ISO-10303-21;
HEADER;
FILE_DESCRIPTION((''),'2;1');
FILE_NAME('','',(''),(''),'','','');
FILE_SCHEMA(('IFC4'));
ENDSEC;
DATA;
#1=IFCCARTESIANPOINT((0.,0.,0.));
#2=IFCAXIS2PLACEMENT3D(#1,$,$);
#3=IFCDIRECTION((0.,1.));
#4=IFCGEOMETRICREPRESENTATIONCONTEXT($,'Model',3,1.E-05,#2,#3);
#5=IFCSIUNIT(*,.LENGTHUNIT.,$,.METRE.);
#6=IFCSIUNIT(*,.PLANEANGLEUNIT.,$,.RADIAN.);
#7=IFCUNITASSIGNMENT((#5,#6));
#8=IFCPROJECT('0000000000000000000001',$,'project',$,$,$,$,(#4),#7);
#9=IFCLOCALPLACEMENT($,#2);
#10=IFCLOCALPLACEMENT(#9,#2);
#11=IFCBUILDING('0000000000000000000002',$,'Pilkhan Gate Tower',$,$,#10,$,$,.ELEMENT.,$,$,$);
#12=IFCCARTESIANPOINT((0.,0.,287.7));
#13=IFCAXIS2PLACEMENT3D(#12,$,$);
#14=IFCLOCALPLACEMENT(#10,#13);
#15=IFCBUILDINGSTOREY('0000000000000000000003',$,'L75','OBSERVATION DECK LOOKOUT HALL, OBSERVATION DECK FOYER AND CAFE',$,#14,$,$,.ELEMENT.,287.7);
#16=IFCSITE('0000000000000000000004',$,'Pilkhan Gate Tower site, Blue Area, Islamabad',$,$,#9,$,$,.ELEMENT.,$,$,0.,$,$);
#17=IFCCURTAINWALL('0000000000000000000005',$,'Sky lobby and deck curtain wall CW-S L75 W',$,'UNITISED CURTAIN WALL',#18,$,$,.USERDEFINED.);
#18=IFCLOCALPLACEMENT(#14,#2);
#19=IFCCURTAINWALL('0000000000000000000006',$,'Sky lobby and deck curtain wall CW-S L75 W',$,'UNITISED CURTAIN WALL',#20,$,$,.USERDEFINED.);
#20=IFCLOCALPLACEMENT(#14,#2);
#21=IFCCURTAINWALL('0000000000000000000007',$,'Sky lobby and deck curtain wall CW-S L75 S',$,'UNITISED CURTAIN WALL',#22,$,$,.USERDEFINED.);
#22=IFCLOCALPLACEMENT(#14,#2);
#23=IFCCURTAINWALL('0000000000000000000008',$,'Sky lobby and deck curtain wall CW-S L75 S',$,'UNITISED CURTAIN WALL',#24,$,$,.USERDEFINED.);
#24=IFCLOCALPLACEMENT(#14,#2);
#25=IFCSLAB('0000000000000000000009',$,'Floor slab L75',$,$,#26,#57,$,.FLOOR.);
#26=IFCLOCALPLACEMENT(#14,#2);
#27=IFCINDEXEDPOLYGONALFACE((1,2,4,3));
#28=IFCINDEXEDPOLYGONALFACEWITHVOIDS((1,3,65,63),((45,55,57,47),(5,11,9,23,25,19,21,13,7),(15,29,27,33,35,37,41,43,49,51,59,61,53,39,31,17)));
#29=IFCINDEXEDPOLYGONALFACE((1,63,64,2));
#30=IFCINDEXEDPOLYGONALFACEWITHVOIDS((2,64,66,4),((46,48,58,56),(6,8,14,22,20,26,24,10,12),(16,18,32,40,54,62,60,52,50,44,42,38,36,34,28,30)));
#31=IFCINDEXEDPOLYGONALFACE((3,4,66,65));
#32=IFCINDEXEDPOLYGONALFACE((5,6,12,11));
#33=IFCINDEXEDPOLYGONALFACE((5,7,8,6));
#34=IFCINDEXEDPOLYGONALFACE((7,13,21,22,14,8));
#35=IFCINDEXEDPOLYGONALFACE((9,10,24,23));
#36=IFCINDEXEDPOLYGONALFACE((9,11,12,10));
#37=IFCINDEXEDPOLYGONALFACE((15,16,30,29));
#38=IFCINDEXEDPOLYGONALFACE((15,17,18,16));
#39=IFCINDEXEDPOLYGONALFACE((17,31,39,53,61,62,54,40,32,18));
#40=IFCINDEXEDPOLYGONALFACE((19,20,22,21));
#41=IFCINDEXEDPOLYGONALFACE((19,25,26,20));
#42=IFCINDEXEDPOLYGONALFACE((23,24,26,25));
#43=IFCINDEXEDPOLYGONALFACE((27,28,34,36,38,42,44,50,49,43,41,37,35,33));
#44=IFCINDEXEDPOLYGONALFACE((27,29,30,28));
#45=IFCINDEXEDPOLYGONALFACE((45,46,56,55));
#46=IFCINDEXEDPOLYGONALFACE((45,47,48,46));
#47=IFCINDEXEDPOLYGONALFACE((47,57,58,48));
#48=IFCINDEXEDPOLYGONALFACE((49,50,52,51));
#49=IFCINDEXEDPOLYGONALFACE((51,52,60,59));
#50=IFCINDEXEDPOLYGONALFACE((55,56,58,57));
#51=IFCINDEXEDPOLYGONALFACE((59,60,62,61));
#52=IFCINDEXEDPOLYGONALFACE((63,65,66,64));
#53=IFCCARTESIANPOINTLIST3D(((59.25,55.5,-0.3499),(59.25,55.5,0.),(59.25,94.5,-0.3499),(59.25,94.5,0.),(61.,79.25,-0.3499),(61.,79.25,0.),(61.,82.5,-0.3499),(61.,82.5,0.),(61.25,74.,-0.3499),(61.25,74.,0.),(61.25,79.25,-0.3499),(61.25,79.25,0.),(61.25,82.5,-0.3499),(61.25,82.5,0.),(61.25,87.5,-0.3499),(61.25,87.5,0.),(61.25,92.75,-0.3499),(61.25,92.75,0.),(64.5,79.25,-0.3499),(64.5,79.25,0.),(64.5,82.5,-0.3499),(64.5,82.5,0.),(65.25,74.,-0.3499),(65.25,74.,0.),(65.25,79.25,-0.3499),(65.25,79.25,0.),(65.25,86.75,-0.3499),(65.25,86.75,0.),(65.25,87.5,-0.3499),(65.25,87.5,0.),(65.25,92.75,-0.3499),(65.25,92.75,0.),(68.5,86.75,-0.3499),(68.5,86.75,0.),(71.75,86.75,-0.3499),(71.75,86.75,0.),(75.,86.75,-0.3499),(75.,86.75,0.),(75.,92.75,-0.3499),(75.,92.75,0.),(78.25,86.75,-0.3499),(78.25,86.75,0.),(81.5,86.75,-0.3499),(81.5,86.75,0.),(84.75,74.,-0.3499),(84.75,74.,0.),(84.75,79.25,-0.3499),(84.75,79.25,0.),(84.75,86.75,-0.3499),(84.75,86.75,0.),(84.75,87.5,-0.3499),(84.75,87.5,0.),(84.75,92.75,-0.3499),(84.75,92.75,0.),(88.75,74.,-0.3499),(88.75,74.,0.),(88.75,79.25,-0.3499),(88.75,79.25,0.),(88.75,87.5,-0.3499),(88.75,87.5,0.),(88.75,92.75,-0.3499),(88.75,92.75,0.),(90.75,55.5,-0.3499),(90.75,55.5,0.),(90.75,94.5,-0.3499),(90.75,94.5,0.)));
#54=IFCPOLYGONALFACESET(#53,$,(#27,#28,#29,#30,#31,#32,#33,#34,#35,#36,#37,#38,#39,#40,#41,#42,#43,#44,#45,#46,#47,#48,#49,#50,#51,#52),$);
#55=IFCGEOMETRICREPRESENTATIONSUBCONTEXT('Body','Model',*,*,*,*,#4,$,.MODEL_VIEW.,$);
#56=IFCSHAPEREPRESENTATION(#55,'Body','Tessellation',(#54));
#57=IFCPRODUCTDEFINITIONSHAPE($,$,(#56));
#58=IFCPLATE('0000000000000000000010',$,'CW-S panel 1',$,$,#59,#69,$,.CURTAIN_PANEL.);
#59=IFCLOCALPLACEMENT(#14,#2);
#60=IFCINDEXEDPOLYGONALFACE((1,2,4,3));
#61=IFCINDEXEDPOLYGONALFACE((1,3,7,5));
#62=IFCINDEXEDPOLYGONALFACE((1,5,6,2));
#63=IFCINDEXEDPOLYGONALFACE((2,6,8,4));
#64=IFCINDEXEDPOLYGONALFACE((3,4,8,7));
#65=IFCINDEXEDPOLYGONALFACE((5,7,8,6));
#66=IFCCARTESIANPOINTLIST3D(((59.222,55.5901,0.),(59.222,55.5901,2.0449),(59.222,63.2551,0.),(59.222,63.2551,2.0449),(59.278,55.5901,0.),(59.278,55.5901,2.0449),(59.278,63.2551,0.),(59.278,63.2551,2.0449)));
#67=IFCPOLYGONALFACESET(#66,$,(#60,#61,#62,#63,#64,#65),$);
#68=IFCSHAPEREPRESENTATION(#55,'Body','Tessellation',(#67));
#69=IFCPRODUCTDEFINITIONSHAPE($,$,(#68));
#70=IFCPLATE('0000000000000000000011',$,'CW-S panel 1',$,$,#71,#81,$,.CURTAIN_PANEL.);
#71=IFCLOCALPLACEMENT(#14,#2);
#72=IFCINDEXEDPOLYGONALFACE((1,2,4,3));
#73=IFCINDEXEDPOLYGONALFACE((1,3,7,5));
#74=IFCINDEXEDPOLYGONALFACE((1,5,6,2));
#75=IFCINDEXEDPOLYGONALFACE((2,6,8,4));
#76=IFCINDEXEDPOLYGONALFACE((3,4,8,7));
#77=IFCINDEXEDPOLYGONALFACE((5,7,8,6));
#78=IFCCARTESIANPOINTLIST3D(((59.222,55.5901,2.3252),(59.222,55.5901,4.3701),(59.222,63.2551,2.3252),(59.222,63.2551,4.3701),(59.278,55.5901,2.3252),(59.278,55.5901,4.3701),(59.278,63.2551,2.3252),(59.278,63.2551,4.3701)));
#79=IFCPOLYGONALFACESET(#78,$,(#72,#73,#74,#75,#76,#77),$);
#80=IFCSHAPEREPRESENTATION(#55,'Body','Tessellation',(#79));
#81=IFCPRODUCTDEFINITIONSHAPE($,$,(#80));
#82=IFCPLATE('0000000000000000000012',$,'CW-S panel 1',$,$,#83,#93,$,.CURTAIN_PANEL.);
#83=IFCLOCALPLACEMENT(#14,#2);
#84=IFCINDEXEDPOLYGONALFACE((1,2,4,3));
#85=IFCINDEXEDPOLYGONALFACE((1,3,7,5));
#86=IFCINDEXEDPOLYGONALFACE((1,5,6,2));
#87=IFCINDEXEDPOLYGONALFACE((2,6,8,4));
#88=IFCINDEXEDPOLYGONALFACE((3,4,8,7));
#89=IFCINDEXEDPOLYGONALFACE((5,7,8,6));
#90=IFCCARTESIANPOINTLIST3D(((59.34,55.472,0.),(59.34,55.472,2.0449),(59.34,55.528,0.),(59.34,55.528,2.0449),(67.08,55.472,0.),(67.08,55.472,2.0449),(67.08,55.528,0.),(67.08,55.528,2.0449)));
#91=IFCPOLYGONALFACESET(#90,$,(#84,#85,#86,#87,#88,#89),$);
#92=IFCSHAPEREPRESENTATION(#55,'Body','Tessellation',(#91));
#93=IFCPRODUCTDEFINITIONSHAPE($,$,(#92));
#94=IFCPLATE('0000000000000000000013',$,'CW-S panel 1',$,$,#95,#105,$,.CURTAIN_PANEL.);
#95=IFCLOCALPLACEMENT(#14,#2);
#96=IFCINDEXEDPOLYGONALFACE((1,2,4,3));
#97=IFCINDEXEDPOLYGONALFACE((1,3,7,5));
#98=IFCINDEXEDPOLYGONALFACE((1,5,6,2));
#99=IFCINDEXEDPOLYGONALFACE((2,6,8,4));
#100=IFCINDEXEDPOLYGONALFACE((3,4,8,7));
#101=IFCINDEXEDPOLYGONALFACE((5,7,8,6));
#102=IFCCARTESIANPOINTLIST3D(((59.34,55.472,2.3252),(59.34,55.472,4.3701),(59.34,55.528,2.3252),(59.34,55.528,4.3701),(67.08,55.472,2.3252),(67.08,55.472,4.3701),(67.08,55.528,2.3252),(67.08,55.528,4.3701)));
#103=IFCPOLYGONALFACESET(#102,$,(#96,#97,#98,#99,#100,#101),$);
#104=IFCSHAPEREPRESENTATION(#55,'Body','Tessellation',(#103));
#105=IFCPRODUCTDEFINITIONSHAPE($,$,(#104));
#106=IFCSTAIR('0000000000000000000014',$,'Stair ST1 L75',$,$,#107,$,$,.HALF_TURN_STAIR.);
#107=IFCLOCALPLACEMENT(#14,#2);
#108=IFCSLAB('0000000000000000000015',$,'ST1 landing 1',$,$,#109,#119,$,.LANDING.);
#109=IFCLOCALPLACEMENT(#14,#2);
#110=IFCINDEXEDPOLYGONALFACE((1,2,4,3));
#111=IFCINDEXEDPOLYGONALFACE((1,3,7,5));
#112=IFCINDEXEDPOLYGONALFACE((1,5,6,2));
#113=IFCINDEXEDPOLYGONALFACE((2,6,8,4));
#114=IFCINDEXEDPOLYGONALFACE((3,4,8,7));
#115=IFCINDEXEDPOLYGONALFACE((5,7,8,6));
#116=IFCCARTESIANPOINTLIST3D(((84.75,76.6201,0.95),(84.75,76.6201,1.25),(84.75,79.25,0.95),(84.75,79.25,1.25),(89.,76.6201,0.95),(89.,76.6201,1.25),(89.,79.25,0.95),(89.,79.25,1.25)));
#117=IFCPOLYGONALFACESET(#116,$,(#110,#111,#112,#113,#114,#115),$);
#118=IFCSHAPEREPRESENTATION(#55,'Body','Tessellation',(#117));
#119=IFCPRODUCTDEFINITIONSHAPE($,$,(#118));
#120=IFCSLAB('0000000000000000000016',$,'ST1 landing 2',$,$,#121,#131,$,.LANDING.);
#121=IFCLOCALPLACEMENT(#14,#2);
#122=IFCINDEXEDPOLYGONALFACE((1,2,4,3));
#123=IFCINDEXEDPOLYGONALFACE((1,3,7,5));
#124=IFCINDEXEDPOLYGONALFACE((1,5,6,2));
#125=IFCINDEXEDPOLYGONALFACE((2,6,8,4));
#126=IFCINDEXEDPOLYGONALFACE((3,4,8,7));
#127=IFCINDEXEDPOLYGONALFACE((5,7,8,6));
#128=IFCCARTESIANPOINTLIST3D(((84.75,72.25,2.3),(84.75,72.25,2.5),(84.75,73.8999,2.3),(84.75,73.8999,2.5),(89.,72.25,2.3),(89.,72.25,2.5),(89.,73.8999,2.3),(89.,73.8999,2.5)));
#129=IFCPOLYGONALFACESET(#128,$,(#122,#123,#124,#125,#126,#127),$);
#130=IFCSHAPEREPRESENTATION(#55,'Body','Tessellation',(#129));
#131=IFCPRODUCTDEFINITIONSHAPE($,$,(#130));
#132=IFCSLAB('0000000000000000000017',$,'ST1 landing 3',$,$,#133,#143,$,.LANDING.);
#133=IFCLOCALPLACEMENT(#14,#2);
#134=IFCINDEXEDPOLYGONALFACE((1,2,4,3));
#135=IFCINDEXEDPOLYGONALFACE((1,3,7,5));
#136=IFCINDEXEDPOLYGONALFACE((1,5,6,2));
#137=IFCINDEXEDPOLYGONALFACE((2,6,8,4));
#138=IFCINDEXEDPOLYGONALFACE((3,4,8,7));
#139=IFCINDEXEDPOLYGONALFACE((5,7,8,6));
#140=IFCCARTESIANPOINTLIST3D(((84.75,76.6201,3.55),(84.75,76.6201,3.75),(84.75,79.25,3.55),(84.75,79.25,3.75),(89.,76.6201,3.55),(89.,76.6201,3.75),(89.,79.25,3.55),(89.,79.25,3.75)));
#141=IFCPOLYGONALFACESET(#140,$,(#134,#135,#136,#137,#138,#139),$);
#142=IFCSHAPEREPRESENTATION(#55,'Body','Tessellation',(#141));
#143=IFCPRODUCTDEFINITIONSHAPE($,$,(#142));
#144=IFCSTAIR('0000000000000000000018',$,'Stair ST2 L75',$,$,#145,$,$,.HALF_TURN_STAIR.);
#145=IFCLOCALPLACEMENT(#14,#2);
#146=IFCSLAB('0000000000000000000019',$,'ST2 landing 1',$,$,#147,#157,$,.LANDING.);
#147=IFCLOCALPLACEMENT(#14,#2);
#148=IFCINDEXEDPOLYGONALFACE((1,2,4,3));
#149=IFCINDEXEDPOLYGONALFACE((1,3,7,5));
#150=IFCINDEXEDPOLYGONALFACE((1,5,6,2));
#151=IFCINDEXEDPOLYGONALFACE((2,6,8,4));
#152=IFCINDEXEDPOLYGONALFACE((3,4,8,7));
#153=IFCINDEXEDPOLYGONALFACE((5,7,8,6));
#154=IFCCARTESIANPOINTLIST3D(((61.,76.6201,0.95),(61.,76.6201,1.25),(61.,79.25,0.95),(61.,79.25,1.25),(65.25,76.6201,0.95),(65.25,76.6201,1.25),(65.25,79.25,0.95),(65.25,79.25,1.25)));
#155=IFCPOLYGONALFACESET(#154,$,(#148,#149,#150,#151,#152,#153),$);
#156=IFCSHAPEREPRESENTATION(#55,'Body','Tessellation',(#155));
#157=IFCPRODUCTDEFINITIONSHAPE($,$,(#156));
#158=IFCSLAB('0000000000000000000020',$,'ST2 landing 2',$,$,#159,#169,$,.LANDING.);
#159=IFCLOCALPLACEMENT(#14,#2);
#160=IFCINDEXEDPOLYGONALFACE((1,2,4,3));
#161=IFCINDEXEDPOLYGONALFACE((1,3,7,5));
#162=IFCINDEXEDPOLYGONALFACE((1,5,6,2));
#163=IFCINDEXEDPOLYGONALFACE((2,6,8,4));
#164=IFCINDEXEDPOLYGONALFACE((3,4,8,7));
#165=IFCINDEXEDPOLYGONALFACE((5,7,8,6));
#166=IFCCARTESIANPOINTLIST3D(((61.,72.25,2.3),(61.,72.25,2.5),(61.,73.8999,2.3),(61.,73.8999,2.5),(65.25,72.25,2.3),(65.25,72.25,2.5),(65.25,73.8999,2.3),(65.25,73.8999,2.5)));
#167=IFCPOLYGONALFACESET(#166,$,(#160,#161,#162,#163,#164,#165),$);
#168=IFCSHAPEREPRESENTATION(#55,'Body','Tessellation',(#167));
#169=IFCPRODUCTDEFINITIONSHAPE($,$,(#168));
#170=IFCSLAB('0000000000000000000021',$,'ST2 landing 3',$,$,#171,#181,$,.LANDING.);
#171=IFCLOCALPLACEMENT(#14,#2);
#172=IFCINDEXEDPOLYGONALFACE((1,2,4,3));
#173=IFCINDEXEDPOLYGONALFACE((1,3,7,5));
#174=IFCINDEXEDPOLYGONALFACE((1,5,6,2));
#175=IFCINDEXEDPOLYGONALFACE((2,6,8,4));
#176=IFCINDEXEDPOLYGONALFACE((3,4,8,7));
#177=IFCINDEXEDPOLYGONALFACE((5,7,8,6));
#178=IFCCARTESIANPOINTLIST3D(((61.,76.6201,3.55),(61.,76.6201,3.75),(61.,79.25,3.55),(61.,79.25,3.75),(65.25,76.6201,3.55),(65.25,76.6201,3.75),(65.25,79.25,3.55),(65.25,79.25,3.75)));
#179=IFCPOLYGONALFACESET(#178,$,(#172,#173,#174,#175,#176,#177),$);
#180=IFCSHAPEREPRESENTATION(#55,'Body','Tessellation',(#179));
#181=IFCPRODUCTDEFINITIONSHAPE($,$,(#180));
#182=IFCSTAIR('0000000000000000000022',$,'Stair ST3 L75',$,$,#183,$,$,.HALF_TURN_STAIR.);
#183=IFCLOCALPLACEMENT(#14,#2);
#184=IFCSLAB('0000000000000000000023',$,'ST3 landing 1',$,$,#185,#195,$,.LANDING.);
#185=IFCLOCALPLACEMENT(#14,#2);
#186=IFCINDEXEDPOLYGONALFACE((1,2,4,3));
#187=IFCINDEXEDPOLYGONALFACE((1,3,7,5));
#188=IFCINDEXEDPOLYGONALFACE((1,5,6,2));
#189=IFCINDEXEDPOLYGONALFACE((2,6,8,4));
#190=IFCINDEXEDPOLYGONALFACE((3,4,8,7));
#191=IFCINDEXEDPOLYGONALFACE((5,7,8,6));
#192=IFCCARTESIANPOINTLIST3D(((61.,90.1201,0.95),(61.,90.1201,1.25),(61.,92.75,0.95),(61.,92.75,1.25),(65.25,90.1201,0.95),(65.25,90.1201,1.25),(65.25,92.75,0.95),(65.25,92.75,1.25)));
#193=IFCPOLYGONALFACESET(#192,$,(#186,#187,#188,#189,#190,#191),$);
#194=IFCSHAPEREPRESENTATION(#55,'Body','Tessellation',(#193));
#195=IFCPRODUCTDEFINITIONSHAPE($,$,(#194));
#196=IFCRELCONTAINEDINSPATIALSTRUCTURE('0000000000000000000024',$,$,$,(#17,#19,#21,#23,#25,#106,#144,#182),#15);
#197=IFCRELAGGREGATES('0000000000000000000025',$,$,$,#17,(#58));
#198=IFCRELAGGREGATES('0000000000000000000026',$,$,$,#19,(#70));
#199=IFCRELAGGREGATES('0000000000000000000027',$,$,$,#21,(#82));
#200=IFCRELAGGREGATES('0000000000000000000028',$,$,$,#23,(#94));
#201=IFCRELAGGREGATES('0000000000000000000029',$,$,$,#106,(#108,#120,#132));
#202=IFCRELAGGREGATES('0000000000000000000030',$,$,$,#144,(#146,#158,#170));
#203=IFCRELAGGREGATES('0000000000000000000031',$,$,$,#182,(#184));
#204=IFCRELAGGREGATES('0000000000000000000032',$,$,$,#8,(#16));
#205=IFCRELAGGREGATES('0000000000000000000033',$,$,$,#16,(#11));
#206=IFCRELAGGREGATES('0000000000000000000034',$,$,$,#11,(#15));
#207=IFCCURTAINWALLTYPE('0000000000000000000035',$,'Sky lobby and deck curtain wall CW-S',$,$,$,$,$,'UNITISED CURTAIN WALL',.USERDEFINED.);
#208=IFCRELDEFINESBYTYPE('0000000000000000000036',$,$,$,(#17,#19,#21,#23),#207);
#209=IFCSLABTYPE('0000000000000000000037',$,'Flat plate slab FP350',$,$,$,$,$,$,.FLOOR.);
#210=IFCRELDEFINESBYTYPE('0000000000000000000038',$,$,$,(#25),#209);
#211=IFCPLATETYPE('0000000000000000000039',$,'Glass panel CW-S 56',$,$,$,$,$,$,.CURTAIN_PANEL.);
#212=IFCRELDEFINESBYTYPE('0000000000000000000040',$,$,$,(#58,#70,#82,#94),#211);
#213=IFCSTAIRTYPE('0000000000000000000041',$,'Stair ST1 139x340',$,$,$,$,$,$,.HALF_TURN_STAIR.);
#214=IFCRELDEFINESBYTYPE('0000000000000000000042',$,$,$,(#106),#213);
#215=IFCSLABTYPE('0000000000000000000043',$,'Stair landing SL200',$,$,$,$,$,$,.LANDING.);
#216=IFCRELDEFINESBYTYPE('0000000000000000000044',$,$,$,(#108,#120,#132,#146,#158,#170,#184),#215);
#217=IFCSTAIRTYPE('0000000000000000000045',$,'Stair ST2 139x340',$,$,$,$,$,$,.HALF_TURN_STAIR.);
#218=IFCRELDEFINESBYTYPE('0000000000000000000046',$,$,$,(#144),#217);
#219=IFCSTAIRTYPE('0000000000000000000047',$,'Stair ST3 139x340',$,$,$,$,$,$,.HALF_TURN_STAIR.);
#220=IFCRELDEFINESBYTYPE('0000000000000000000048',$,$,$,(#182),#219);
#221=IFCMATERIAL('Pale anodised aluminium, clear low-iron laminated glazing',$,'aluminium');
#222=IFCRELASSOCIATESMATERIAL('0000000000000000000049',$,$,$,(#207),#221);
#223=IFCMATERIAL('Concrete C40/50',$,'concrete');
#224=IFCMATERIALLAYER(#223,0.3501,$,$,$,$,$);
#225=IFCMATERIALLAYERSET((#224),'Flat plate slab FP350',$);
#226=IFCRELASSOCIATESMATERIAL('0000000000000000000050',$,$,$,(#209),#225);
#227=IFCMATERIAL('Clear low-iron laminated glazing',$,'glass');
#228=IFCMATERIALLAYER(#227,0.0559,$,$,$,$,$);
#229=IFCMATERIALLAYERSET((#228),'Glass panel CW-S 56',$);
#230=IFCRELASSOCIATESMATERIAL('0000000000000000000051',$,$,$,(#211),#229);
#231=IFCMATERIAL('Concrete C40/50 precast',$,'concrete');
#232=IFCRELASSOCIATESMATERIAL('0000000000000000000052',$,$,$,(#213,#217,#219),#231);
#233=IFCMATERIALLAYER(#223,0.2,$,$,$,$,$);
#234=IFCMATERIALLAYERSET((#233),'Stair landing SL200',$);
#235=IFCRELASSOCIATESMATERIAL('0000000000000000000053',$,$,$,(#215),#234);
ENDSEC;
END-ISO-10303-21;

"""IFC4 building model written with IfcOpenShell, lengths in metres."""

from ifc_helpers import new_model, si_unit, direction, frame, origin, origin_2d, place, context, subcontext, project, spatial, polyline, rectangle, outline, extrude, material, layer, layer_set, type_object, element, aggregate, save


model = new_model("IFC4")

# Units and contexts
model_context = context("Model", 3, precision=1e-05, world=origin(), true_north=direction((0.0, 1.0)))
body_context = subcontext(model_context, "Body", "Model", "MODEL_VIEW")
ifc_project = project(units=[si_unit("LENGTHUNIT", "METRE"), si_unit("PLANEANGLEUNIT", "RADIAN")], contexts=[model_context])

# Site, building, storey
site_placement = place(None, origin())
site = spatial("IfcSite", under=ifc_project, at=site_placement, Name="Pilkhan Gate Tower site, Blue Area, Islamabad", CompositionType="ELEMENT", RefElevation=0.0)
building_placement = place(site_placement, origin())
building = spatial("IfcBuilding", under=site, at=building_placement, Name="Pilkhan Gate Tower", CompositionType="ELEMENT")
storey_placement = place(building_placement, frame((0.0, 0.0, 287.7)))
storey = spatial("IfcBuildingStorey", under=building, at=storey_placement, Name="L75", Description="OBSERVATION DECK LOOKOUT HALL, OBSERVATION DECK FOYER AND CAFE", CompositionType="ELEMENT", Elevation=287.7)

# Curtain walls
ifc_material_1 = material(Name="Pale anodised aluminium, clear low-iron laminated glazing", Category="aluminium")
curtain_wall_type = type_object("IfcCurtainWallType", Name="Sky lobby and deck curtain wall CW-S", ElementType="UNITISED CURTAIN WALL", PredefinedType="USERDEFINED", material=ifc_material_1)
curtain_wall_1_placement = place(storey_placement, origin())
curtain_wall_1 = element("IfcCurtainWall", 1, at=curtain_wall_1_placement, inside=storey, type_object=curtain_wall_type, Name="Sky lobby and deck curtain wall CW-S L75 W", ObjectType="UNITISED CURTAIN WALL", PredefinedType="USERDEFINED")
curtain_wall_2_placement = place(storey_placement, origin())
curtain_wall_2 = element("IfcCurtainWall", 2, at=curtain_wall_2_placement, inside=storey, type_object=curtain_wall_type, Name="Sky lobby and deck curtain wall CW-S L75 W", ObjectType="UNITISED CURTAIN WALL", PredefinedType="USERDEFINED")

# Curtain walls
curtain_wall_3_placement = place(storey_placement, origin())
curtain_wall_3 = element("IfcCurtainWall", 3, at=curtain_wall_3_placement, inside=storey, type_object=curtain_wall_type, Name="Sky lobby and deck curtain wall CW-S L75 S", ObjectType="UNITISED CURTAIN WALL", PredefinedType="USERDEFINED")
curtain_wall_4_placement = place(storey_placement, origin())
curtain_wall_4 = element("IfcCurtainWall", 4, at=curtain_wall_4_placement, inside=storey, type_object=curtain_wall_type, Name="Sky lobby and deck curtain wall CW-S L75 S", ObjectType="UNITISED CURTAIN WALL", PredefinedType="USERDEFINED")

# Slab
ifc_material_2 = material(Name="Concrete C40/50", Category="concrete")
ifc_layer_1 = layer(ifc_material_2, 0.3501)
ifc_layer_set_1 = layer_set([ifc_layer_1], Name="Flat plate slab FP350")
slab_type_1 = type_object("IfcSlabType", Name="Flat plate slab FP350", PredefinedType="FLOOR", material=ifc_layer_set_1)
slab_1_placement = place(storey_placement, frame((0.0, 0.0, -0.3499)))
element("IfcSlab", 5, at=slab_1_placement, inside=storey, type_object=slab_type_1, Name="Floor slab L75", PredefinedType="FLOOR", context=body_context, shape_type="SweptSolid", body=[
    extrude(outline(polyline([(90.75, 94.5), (90.75, 55.5), (59.25, 55.5), (59.25, 94.5), (90.75, 94.5)]), holes=[polyline([(78.25, 86.75), (81.5, 86.75), (84.75, 86.75), (84.75, 87.5), (88.75, 87.5), (88.75, 92.75), (84.75, 92.75), (75.0, 92.75), (65.25, 92.75), (61.25, 92.75), (61.25, 87.5), (65.25, 87.5), (65.25, 86.75), (68.5, 86.75), (71.75, 86.75), (75.0, 86.75), (78.25, 86.75)]), polyline([(84.75, 79.25), (84.75, 74.0), (88.75, 74.0), (88.75, 79.25), (84.75, 79.25)]), polyline([(65.25, 79.25), (64.5, 79.25), (64.5, 82.5), (61.25, 82.5), (61.0, 82.5), (61.0, 79.25), (61.25, 79.25), (61.25, 74.0), (65.25, 74.0), (65.25, 79.25)])]), origin(), (0.0, 0.0, 1.0), 0.3499),
])

# Plates
ifc_material_3 = material(Name="Clear low-iron laminated glazing", Category="glass")
ifc_layer_2 = layer(ifc_material_3, 0.0559)
ifc_layer_set_2 = layer_set([ifc_layer_2], Name="Glass panel CW-S 56")
plate_type = type_object("IfcPlateType", Name="Glass panel CW-S 56", PredefinedType="CURTAIN_PANEL", material=ifc_layer_set_2)
plate_1_placement = place(storey_placement, frame((59.25, 59.4226, 0.0), z_axis=(0.0, 0.0, 1.0), x_axis=(0.0, 1.0, 0.0)))
plate_1 = element("IfcPlate", 6, at=plate_1_placement, type_object=plate_type, Name="CW-S panel 1", PredefinedType="CURTAIN_PANEL", context=body_context, shape_type="SweptSolid", body=[
    extrude(rectangle(XDim=7.665, YDim=0.0559, at=origin_2d()), origin(), (0.0, 0.0, 1.0), 2.0449),
])
aggregate(curtain_wall_1, [plate_1])
plate_2_placement = place(storey_placement, frame((59.25, 59.4226, 2.3252), z_axis=(0.0, 0.0, 1.0), x_axis=(0.0, 1.0, 0.0)))
plate_2 = element("IfcPlate", 7, at=plate_2_placement, type_object=plate_type, Name="CW-S panel 1", PredefinedType="CURTAIN_PANEL", context=body_context, shape_type="SweptSolid", body=[
    extrude(rectangle(XDim=7.665, YDim=0.0559, at=origin_2d()), origin(), (0.0, 0.0, 1.0), 2.0449),
])
aggregate(curtain_wall_2, [plate_2])
plate_3_placement = place(storey_placement, frame((63.21, 55.5, 0.0), z_axis=(0.0, 0.0, 1.0), x_axis=(1.0, 0.0, 0.0)))
plate_3 = element("IfcPlate", 8, at=plate_3_placement, type_object=plate_type, Name="CW-S panel 1", PredefinedType="CURTAIN_PANEL", context=body_context, shape_type="SweptSolid", body=[
    extrude(rectangle(XDim=7.74, YDim=0.0559, at=origin_2d()), origin(), (0.0, 0.0, 1.0), 2.0449),
])
aggregate(curtain_wall_3, [plate_3])
plate_4_placement = place(storey_placement, frame((63.21, 55.5, 2.3252), z_axis=(0.0, 0.0, 1.0), x_axis=(1.0, 0.0, 0.0)))
plate_4 = element("IfcPlate", 9, at=plate_4_placement, type_object=plate_type, Name="CW-S panel 1", PredefinedType="CURTAIN_PANEL", context=body_context, shape_type="SweptSolid", body=[
    extrude(rectangle(XDim=7.74, YDim=0.0559, at=origin_2d()), origin(), (0.0, 0.0, 1.0), 2.0449),
])
aggregate(curtain_wall_4, [plate_4])

# Stairs, slabs
ifc_material_4 = material(Name="Concrete C40/50 precast", Category="concrete")
stair_type_1 = type_object("IfcStairType", Name="Stair ST1 139x340", PredefinedType="HALF_TURN_STAIR", material=ifc_material_4)
stair_1_placement = place(storey_placement, origin())
stair_1 = element("IfcStair", 10, at=stair_1_placement, inside=storey, type_object=stair_type_1, Name="Stair ST1 L75", PredefinedType="HALF_TURN_STAIR")
ifc_layer_3 = layer(ifc_material_2, 0.2)
ifc_layer_set_3 = layer_set([ifc_layer_3], Name="Stair landing SL200")
slab_type_2 = type_object("IfcSlabType", Name="Stair landing SL200", PredefinedType="LANDING", material=ifc_layer_set_3)
slab_2_placement = place(storey_placement, frame((0.0, 0.0, 0.95)))
slab_2 = element("IfcSlab", 11, at=slab_2_placement, type_object=slab_type_2, Name="ST1 landing 1", PredefinedType="LANDING", context=body_context, shape_type="SweptSolid", body=[
    extrude(outline(polyline([(89.0, 76.6201), (89.0, 79.25), (84.75, 79.25), (84.75, 76.6201), (89.0, 76.6201)])), origin(), (0.0, 0.0, 1.0), 0.3),
])
slab_3_placement = place(storey_placement, frame((0.0, 0.0, 2.3)))
slab_3 = element("IfcSlab", 12, at=slab_3_placement, type_object=slab_type_2, Name="ST1 landing 2", PredefinedType="LANDING", context=body_context, shape_type="SweptSolid", body=[
    extrude(outline(polyline([(89.0, 72.25), (89.0, 73.8999), (84.75, 73.8999), (84.75, 72.25), (89.0, 72.25)])), origin(), (0.0, 0.0, 1.0), 0.2),
])
slab_4_placement = place(storey_placement, frame((0.0, 0.0, 3.55)))
slab_4 = element("IfcSlab", 13, at=slab_4_placement, type_object=slab_type_2, Name="ST1 landing 3", PredefinedType="LANDING", context=body_context, shape_type="SweptSolid", body=[
    extrude(outline(polyline([(89.0, 76.6201), (89.0, 79.25), (84.75, 79.25), (84.75, 76.6201), (89.0, 76.6201)])), origin(), (0.0, 0.0, 1.0), 0.2),
])
aggregate(stair_1, [slab_2, slab_3, slab_4])
stair_type_2 = type_object("IfcStairType", Name="Stair ST2 139x340", PredefinedType="HALF_TURN_STAIR", material=ifc_material_4)
stair_2_placement = place(storey_placement, origin())
stair_2 = element("IfcStair", 14, at=stair_2_placement, inside=storey, type_object=stair_type_2, Name="Stair ST2 L75", PredefinedType="HALF_TURN_STAIR")
slab_5_placement = place(storey_placement, frame((0.0, 0.0, 0.95)))
slab_5 = element("IfcSlab", 15, at=slab_5_placement, type_object=slab_type_2, Name="ST2 landing 1", PredefinedType="LANDING", context=body_context, shape_type="SweptSolid", body=[
    extrude(outline(polyline([(65.25, 76.6201), (65.25, 79.25), (61.0, 79.25), (61.0, 76.6201), (65.25, 76.6201)])), origin(), (0.0, 0.0, 1.0), 0.3),
])
slab_6_placement = place(storey_placement, frame((0.0, 0.0, 2.3)))
slab_6 = element("IfcSlab", 16, at=slab_6_placement, type_object=slab_type_2, Name="ST2 landing 2", PredefinedType="LANDING", context=body_context, shape_type="SweptSolid", body=[
    extrude(outline(polyline([(65.25, 72.25), (65.25, 73.8999), (61.0, 73.8999), (61.0, 72.25), (65.25, 72.25)])), origin(), (0.0, 0.0, 1.0), 0.2),
])
slab_7_placement = place(storey_placement, frame((0.0, 0.0, 3.55)))
slab_7 = element("IfcSlab", 17, at=slab_7_placement, type_object=slab_type_2, Name="ST2 landing 3", PredefinedType="LANDING", context=body_context, shape_type="SweptSolid", body=[
    extrude(outline(polyline([(65.25, 76.6201), (65.25, 79.25), (61.0, 79.25), (61.0, 76.6201), (65.25, 76.6201)])), origin(), (0.0, 0.0, 1.0), 0.2),
])
aggregate(stair_2, [slab_5, slab_6, slab_7])
stair_type_3 = type_object("IfcStairType", Name="Stair ST3 139x340", PredefinedType="HALF_TURN_STAIR", material=ifc_material_4)
stair_3_placement = place(storey_placement, origin())
stair_3 = element("IfcStair", 18, at=stair_3_placement, inside=storey, type_object=stair_type_3, Name="Stair ST3 L75", PredefinedType="HALF_TURN_STAIR")
slab_8_placement = place(storey_placement, frame((0.0, 0.0, 0.95)))
slab_8 = element("IfcSlab", 19, at=slab_8_placement, type_object=slab_type_2, Name="ST3 landing 1", PredefinedType="LANDING", context=body_context, shape_type="SweptSolid", body=[
    extrude(outline(polyline([(65.25, 90.1201), (65.25, 92.75), (61.0, 92.75), (61.0, 90.1201), (65.25, 90.1201)])), origin(), (0.0, 0.0, 1.0), 0.3),
])
aggregate(stair_3, [slab_8])

save(model, "model.ifc")
